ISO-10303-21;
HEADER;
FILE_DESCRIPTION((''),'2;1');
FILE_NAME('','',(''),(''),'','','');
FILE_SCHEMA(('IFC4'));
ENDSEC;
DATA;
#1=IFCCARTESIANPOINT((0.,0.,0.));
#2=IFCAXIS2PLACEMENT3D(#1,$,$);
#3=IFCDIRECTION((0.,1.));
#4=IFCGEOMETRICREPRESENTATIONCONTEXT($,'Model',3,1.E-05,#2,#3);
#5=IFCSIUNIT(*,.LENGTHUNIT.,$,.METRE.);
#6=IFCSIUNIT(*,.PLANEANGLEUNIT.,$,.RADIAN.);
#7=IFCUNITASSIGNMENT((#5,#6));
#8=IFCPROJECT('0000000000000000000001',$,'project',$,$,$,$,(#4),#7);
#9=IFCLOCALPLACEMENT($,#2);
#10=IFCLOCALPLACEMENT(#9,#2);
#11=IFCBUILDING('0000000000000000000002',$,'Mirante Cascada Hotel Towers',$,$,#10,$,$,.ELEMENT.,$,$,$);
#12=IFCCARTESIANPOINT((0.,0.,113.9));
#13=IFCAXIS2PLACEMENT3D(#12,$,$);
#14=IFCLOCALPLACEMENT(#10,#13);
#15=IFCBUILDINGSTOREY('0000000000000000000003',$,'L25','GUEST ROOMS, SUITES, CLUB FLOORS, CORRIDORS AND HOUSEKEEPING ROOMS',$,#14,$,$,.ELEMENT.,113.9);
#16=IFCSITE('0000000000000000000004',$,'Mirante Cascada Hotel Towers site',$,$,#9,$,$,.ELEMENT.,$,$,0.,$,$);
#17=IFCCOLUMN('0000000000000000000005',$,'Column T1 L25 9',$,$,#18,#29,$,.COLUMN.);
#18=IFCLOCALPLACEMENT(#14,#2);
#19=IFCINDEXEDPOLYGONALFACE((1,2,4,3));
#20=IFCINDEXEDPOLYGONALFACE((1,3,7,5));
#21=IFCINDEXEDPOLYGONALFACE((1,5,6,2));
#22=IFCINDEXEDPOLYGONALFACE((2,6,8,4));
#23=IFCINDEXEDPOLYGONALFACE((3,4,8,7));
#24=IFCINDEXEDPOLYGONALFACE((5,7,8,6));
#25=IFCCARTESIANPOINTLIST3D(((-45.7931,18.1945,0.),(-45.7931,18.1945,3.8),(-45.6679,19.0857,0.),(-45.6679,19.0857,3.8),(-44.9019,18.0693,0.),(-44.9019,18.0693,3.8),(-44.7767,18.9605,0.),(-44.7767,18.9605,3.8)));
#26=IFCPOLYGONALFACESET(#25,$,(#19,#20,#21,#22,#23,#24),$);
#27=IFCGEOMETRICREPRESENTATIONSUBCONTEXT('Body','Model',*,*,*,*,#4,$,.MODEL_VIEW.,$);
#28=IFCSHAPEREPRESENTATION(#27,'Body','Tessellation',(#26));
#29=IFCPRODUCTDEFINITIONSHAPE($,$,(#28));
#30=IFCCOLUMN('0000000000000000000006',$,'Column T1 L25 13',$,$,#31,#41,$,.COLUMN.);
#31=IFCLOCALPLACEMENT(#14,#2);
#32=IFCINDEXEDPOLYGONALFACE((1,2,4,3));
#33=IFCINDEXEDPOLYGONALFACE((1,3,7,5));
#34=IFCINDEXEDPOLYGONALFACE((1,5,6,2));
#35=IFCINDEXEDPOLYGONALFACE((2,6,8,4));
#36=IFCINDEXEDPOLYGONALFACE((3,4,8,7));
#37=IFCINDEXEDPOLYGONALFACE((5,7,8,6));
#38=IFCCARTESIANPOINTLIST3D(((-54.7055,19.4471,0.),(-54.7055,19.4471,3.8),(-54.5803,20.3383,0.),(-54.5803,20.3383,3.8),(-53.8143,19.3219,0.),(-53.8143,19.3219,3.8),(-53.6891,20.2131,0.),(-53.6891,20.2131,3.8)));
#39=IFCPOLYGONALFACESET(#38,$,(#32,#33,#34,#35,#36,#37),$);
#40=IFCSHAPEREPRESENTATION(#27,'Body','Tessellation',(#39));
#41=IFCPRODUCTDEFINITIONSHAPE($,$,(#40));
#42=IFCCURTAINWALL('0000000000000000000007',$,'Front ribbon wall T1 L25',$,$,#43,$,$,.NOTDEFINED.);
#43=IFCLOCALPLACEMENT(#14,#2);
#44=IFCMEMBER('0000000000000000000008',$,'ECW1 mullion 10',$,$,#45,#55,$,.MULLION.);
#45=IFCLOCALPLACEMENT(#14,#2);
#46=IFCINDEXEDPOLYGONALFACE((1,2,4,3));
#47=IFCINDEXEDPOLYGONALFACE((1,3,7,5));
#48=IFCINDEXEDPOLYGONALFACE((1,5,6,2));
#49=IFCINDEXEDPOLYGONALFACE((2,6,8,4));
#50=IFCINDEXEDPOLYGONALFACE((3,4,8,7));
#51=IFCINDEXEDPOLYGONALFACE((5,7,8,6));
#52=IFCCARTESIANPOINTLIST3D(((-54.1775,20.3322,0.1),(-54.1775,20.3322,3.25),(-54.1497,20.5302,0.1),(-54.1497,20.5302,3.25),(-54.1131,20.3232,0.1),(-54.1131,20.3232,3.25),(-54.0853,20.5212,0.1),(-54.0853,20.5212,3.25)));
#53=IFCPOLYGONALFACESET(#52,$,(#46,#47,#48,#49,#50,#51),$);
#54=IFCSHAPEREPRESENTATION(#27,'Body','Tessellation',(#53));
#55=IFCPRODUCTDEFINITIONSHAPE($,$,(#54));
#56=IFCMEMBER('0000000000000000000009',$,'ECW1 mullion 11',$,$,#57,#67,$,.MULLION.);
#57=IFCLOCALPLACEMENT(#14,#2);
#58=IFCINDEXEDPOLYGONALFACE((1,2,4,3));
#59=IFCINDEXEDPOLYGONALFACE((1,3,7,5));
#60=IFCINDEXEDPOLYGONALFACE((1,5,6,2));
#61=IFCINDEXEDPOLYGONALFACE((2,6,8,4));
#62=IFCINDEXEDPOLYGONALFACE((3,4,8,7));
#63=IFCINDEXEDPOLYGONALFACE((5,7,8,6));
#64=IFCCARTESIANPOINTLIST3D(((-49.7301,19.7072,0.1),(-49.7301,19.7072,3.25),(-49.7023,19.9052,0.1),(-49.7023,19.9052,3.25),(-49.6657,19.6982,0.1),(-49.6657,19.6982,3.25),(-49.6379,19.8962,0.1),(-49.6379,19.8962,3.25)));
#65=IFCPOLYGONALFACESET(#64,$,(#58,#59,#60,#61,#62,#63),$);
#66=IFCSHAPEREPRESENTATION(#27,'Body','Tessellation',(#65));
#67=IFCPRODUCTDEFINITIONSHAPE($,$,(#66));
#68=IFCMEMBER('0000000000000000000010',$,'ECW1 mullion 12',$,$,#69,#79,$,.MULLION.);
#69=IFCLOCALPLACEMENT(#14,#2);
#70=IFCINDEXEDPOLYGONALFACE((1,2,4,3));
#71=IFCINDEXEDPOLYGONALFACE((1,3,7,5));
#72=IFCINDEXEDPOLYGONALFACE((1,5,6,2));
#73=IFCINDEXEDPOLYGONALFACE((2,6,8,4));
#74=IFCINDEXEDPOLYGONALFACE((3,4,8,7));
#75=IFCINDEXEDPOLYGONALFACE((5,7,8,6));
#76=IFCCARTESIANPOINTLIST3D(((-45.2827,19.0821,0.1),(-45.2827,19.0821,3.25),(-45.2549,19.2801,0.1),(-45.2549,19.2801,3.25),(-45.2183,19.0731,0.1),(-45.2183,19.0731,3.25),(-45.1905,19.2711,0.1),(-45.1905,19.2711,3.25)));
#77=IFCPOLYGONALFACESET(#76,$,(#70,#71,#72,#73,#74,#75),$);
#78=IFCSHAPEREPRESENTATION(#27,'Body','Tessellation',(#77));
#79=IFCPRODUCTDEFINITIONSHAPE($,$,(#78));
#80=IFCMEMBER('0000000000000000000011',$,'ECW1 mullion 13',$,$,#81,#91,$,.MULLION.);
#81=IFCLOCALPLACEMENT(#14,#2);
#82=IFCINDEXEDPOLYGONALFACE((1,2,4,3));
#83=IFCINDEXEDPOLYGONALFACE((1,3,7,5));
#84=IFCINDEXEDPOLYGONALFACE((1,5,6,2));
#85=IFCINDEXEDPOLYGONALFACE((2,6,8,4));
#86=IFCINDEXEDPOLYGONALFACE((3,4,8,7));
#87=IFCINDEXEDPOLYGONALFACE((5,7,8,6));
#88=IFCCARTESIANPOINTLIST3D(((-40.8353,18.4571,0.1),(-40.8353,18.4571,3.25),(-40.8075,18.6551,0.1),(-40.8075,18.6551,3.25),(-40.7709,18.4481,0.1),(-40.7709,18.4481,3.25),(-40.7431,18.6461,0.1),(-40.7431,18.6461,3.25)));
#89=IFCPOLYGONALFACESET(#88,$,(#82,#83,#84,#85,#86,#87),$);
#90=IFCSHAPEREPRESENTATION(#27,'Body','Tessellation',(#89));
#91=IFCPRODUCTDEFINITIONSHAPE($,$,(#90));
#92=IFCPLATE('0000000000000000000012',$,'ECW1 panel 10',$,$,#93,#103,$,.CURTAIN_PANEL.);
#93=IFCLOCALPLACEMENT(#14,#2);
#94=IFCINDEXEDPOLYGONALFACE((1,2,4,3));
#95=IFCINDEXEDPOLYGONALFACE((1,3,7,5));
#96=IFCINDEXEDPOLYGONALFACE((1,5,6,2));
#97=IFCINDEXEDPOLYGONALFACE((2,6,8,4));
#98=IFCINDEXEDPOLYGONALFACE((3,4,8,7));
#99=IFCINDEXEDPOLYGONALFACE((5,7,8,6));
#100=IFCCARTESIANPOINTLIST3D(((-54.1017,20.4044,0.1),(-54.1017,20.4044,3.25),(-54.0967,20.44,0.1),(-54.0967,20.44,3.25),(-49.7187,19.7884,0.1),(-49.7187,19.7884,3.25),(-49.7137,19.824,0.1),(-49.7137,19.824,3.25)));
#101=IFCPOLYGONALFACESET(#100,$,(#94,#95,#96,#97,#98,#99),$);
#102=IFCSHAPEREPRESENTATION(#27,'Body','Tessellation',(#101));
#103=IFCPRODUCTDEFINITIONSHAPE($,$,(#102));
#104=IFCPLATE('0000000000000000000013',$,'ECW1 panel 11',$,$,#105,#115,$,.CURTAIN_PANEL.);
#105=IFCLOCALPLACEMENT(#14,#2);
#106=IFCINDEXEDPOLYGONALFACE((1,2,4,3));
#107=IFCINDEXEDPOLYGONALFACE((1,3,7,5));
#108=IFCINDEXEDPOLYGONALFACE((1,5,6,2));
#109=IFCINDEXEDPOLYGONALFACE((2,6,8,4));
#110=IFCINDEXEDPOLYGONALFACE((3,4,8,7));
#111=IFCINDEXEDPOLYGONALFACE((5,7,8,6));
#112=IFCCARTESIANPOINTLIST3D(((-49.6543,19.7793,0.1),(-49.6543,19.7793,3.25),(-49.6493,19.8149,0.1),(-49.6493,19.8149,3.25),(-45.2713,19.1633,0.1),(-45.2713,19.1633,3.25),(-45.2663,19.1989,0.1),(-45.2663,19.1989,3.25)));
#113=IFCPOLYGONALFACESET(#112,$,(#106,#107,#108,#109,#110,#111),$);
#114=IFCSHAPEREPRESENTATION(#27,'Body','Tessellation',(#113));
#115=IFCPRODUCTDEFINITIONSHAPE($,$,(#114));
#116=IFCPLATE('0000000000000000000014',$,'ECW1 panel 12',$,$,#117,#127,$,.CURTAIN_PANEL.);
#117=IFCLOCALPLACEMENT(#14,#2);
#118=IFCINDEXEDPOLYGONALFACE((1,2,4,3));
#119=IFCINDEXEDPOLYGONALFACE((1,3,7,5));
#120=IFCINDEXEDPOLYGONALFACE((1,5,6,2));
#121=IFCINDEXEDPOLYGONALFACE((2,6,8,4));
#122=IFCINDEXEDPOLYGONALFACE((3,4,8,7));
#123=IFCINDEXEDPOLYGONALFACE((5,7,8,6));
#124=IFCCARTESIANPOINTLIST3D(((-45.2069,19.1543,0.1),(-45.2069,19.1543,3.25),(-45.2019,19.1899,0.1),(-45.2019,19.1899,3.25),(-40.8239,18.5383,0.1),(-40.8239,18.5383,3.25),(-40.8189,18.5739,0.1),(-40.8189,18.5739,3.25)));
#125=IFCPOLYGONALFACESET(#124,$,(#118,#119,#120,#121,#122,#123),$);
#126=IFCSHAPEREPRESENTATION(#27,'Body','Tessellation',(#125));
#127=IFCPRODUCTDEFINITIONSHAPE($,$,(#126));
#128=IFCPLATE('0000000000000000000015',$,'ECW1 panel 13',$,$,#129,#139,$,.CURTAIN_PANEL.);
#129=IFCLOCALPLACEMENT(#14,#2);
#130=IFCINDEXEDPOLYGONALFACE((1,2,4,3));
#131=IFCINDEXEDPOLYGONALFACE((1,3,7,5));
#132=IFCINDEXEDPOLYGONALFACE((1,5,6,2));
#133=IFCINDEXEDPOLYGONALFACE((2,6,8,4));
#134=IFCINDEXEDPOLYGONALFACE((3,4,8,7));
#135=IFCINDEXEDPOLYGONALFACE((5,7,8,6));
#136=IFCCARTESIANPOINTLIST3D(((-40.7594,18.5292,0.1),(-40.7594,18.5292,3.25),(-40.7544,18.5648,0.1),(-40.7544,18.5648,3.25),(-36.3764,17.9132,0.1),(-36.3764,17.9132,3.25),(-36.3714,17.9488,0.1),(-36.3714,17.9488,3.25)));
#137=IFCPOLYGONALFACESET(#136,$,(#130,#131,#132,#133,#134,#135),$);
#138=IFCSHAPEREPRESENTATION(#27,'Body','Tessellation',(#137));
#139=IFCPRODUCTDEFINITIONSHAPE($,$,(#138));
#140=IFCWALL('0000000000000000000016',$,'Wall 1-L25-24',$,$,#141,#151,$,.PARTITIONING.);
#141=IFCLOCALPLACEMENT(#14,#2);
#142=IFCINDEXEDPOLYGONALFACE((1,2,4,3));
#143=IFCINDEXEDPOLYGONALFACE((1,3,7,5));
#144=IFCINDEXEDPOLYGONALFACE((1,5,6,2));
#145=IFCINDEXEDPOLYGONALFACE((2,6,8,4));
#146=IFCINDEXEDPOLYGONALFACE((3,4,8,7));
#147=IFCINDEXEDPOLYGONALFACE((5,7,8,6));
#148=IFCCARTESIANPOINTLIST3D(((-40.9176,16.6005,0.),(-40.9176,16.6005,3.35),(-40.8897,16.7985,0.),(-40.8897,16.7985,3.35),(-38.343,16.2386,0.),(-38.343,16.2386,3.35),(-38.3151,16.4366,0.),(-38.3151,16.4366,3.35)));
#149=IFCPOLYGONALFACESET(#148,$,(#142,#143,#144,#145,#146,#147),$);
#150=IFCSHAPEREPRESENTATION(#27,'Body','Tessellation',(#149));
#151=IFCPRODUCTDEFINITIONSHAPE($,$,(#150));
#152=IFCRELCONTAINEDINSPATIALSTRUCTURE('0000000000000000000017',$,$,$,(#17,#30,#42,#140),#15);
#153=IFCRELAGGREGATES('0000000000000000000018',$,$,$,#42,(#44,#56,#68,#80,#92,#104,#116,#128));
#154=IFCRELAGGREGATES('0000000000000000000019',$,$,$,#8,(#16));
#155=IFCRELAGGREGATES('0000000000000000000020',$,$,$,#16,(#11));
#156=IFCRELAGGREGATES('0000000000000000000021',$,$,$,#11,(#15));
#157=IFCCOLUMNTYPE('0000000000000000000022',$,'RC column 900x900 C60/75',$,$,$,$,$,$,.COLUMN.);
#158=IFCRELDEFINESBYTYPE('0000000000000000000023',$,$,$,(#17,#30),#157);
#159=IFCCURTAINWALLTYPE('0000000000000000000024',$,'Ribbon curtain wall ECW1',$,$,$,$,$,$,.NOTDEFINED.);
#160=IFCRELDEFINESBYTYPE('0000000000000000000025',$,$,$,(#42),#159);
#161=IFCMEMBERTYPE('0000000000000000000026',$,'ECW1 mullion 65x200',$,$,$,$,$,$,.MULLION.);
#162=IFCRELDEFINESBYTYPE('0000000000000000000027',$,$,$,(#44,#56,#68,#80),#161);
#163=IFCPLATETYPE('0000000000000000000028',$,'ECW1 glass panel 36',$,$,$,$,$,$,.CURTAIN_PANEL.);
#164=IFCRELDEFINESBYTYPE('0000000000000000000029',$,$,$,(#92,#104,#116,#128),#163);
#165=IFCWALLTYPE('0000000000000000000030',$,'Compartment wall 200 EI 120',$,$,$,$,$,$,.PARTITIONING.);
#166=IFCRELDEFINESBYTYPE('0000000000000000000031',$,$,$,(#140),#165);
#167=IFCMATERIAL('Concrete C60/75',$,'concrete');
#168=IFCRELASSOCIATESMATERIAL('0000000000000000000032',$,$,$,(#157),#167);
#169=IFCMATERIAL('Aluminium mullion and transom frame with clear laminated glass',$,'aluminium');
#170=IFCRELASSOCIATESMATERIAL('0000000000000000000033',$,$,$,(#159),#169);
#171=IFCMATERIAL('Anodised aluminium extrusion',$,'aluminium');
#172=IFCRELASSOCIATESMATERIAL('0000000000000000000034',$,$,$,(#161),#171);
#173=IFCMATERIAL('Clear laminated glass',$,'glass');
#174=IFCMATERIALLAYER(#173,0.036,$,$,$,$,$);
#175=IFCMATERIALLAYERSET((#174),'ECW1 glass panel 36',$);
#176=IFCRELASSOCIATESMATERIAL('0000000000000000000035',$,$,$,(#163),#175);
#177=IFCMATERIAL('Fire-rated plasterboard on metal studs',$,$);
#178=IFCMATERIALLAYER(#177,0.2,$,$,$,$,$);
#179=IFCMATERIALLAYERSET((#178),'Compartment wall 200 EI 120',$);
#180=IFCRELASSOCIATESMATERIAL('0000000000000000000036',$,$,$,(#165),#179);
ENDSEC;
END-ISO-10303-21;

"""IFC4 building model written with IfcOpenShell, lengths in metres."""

from ifc_helpers import new_model, si_unit, direction, frame, frame_2d, origin, origin_2d, place, context, subcontext, project, spatial, rectangle, extrude, material, layer, layer_set, material_profile, profile_set, type_object, element, aggregate, save


model = new_model("IFC4")

# Units and contexts
model_context = context("Model", 3, precision=1e-05, world=origin(), true_north=direction((0.0, 1.0)))
body_context = subcontext(model_context, "Body", "Model", "MODEL_VIEW")
ifc_project = project(units=[si_unit("LENGTHUNIT", "METRE"), si_unit("PLANEANGLEUNIT", "RADIAN")], contexts=[model_context])

# Site, building, storey
site_placement = place(None, origin())
site = spatial("IfcSite", under=ifc_project, at=site_placement, Name="Mirante Cascada Hotel Towers site", CompositionType="ELEMENT", RefElevation=0.0)
building_placement = place(site_placement, origin())
building = spatial("IfcBuilding", under=site, at=building_placement, Name="Mirante Cascada Hotel Towers", CompositionType="ELEMENT")
storey_placement = place(building_placement, frame((0.0, 0.0, 113.9)))
storey = spatial("IfcBuildingStorey", under=building, at=storey_placement, Name="L25", Description="GUEST ROOMS, SUITES, CLUB FLOORS, CORRIDORS AND HOUSEKEEPING ROOMS", CompositionType="ELEMENT", Elevation=113.9)

# Columns
ifc_material_1 = material(Name="Concrete C60/75", Category="concrete")
ifc_material_profile_1 = material_profile(ifc_material_1, rectangle(XDim=0.9, YDim=0.9, at=origin_2d()), Name="RC column 900x900 C60/75")
ifc_profile_set_1 = profile_set([ifc_material_profile_1], Name="Concrete C60/75")
column_type = type_object("IfcColumnType", Name="RC column 900x900 C60/75", PredefinedType="COLUMN", material=ifc_profile_set_1)
for number, where, z_axis, x_axis, name in (
    (1, (-45.2849, 18.5775, 0.0), (0.0, 0.0, 1.0), (-0.990268, 0.139173, 0.0), "Column T1 L25 9"),
    (2, (-54.1973, 19.8301, 0.0), (0.0, 0.0, 1.0), (-0.990268, 0.139173, 0.0), "Column T1 L25 13"),
):
    element("IfcColumn", number, at=place(storey_placement, frame(where, z_axis=z_axis, x_axis=x_axis)), inside=storey, type_object=column_type, Name=name, PredefinedType="COLUMN", context=body_context, shape_type="SweptSolid", body=[
        extrude(rectangle(XDim=0.9, YDim=0.9, at=origin_2d()), origin(), (0.0, 0.0, 1.0), 3.8),
    ])

# Curtain wall, members, plates
ifc_material_2 = material(Name="Aluminium mullion and transom frame with clear laminated glass", Category="aluminium")
curtain_wall_type = type_object("IfcCurtainWallType", Name="Ribbon curtain wall ECW1", PredefinedType="NOTDEFINED", material=ifc_material_2)
curtain_wall_placement = place(storey_placement, origin())
curtain_wall = element("IfcCurtainWall", 3, at=curtain_wall_placement, inside=storey, type_object=curtain_wall_type, Name="Front ribbon wall T1 L25", PredefinedType="NOTDEFINED")
ifc_material_3 = material(Name="Anodised aluminium extrusion", Category="aluminium")
ifc_material_profile_2 = material_profile(ifc_material_3, rectangle(XDim=0.2, YDim=0.065, at=origin_2d()), Name="ECW1 MULLION 65x200")
ifc_profile_set_2 = profile_set([ifc_material_profile_2], Name="Anodised aluminium extrusion")
member_type = type_object("IfcMemberType", Name="ECW1 mullion 65x200", PredefinedType="MULLION", material=ifc_profile_set_2)
member_1_placement = place(storey_placement, frame((-54.1314, 20.4267, 0.1), z_axis=(0.0, 0.0, 1.0), x_axis=(0.139173, 0.990268, 0.0)))
member_1 = element("IfcMember", 4, at=member_1_placement, type_object=member_type, Name="ECW1 mullion 10", PredefinedType="MULLION", context=body_context, shape_type="SweptSolid", body=[
    extrude(rectangle(XDim=0.2, YDim=0.065, at=origin_2d()), origin(), (0.0, 0.0, 1.0), 3.15),
])
member_2_placement = place(storey_placement, frame((-49.684, 19.8017, 0.1), z_axis=(0.0, 0.0, 1.0), x_axis=(0.139173, 0.990268, 0.0)))
member_2 = element("IfcMember", 5, at=member_2_placement, type_object=member_type, Name="ECW1 mullion 11", PredefinedType="MULLION", context=body_context, shape_type="SweptSolid", body=[
    extrude(rectangle(XDim=0.2, YDim=0.065, at=origin_2d()), origin(), (0.0, 0.0, 1.0), 3.15),
])
member_3_placement = place(storey_placement, frame((-45.2366, 19.1766, 0.1), z_axis=(0.0, 0.0, 1.0), x_axis=(0.139173, 0.990268, 0.0)))
member_3 = element("IfcMember", 6, at=member_3_placement, type_object=member_type, Name="ECW1 mullion 12", PredefinedType="MULLION", context=body_context, shape_type="SweptSolid", body=[
    extrude(rectangle(XDim=0.2, YDim=0.065, at=origin_2d()), origin(), (0.0, 0.0, 1.0), 3.15),
])
member_4_placement = place(storey_placement, frame((-40.7892, 18.5516, 0.1), z_axis=(0.0, 0.0, 1.0), x_axis=(0.139173, 0.990268, 0.0)))
member_4 = element("IfcMember", 7, at=member_4_placement, type_object=member_type, Name="ECW1 mullion 13", PredefinedType="MULLION", context=body_context, shape_type="SweptSolid", body=[
    extrude(rectangle(XDim=0.2, YDim=0.065, at=origin_2d()), origin(), (0.0, 0.0, 1.0), 3.15),
])
ifc_material_4 = material(Name="Clear laminated glass", Category="glass")
ifc_layer_1 = layer(ifc_material_4, 0.036)
ifc_layer_set_1 = layer_set([ifc_layer_1], Name="ECW1 glass panel 36")
plate_type = type_object("IfcPlateType", Name="ECW1 glass panel 36", PredefinedType="CURTAIN_PANEL", material=ifc_layer_set_1)
plate_1_placement = place(storey_placement, frame((-51.9077, 20.1142, 0.1), z_axis=(0.0, 0.0, 1.0), x_axis=(0.990268, -0.139173, 0.0)))
plate_1 = element("IfcPlate", 8, at=plate_1_placement, type_object=plate_type, Name="ECW1 panel 10", PredefinedType="CURTAIN_PANEL", context=body_context, shape_type="SweptSolid", body=[
    extrude(rectangle(XDim=4.4261, YDim=0.036, at=origin_2d()), origin(), (0.0, 0.0, 1.0), 3.15),
])
plate_2_placement = place(storey_placement, frame((-47.4603, 19.4891, 0.1), z_axis=(0.0, 0.0, 1.0), x_axis=(0.990268, -0.139173, 0.0)))
plate_2 = element("IfcPlate", 9, at=plate_2_placement, type_object=plate_type, Name="ECW1 panel 11", PredefinedType="CURTAIN_PANEL", context=body_context, shape_type="SweptSolid", body=[
    extrude(rectangle(XDim=4.4261, YDim=0.036, at=origin_2d()), origin(), (0.0, 0.0, 1.0), 3.15),
])
plate_3_placement = place(storey_placement, frame((-43.0129, 18.8641, 0.1), z_axis=(0.0, 0.0, 1.0), x_axis=(0.990268, -0.139173, 0.0)))
plate_3 = element("IfcPlate", 10, at=plate_3_placement, type_object=plate_type, Name="ECW1 panel 12", PredefinedType="CURTAIN_PANEL", context=body_context, shape_type="SweptSolid", body=[
    extrude(rectangle(XDim=4.4261, YDim=0.036, at=origin_2d()), origin(), (0.0, 0.0, 1.0), 3.15),
])
plate_4_placement = place(storey_placement, frame((-38.5654, 18.239, 0.1), z_axis=(0.0, 0.0, 1.0), x_axis=(0.990268, -0.139173, 0.0)))
plate_4 = element("IfcPlate", 11, at=plate_4_placement, type_object=plate_type, Name="ECW1 panel 13", PredefinedType="CURTAIN_PANEL", context=body_context, shape_type="SweptSolid", body=[
    extrude(rectangle(XDim=4.4261, YDim=0.036, at=origin_2d()), origin(), (0.0, 0.0, 1.0), 3.15),
])
aggregate(curtain_wall, [member_1, member_2, member_3, member_4, plate_1, plate_2, plate_3, plate_4])

# Wall
ifc_material_5 = material(Name="Fire-rated plasterboard on metal studs")
ifc_layer_2 = layer(ifc_material_5, 0.2)
ifc_layer_set_2 = layer_set([ifc_layer_2], Name="Compartment wall 200 EI 120")
wall_type_1 = type_object("IfcWallType", Name="Compartment wall 200 EI 120", PredefinedType="PARTITIONING", material=ifc_layer_set_2)
wall_1_placement = place(storey_placement, frame((-38.329, 16.3376, 0.0), z_axis=(0.0, 0.0, 1.0), x_axis=(-0.990265, 0.139197, 0.0)))
element("IfcWall", 12, at=wall_1_placement, inside=storey, type_object=wall_type_1, Name="Wall 1-L25-24", PredefinedType="PARTITIONING", context=body_context, shape_type="SweptSolid", body=[
    extrude(rectangle(XDim=2.5999, YDim=0.2, at=frame_2d((1.3, 0.0))), origin(), (0.0, 0.0, 1.0), 3.35),
])

save(model, "model.ifc")
